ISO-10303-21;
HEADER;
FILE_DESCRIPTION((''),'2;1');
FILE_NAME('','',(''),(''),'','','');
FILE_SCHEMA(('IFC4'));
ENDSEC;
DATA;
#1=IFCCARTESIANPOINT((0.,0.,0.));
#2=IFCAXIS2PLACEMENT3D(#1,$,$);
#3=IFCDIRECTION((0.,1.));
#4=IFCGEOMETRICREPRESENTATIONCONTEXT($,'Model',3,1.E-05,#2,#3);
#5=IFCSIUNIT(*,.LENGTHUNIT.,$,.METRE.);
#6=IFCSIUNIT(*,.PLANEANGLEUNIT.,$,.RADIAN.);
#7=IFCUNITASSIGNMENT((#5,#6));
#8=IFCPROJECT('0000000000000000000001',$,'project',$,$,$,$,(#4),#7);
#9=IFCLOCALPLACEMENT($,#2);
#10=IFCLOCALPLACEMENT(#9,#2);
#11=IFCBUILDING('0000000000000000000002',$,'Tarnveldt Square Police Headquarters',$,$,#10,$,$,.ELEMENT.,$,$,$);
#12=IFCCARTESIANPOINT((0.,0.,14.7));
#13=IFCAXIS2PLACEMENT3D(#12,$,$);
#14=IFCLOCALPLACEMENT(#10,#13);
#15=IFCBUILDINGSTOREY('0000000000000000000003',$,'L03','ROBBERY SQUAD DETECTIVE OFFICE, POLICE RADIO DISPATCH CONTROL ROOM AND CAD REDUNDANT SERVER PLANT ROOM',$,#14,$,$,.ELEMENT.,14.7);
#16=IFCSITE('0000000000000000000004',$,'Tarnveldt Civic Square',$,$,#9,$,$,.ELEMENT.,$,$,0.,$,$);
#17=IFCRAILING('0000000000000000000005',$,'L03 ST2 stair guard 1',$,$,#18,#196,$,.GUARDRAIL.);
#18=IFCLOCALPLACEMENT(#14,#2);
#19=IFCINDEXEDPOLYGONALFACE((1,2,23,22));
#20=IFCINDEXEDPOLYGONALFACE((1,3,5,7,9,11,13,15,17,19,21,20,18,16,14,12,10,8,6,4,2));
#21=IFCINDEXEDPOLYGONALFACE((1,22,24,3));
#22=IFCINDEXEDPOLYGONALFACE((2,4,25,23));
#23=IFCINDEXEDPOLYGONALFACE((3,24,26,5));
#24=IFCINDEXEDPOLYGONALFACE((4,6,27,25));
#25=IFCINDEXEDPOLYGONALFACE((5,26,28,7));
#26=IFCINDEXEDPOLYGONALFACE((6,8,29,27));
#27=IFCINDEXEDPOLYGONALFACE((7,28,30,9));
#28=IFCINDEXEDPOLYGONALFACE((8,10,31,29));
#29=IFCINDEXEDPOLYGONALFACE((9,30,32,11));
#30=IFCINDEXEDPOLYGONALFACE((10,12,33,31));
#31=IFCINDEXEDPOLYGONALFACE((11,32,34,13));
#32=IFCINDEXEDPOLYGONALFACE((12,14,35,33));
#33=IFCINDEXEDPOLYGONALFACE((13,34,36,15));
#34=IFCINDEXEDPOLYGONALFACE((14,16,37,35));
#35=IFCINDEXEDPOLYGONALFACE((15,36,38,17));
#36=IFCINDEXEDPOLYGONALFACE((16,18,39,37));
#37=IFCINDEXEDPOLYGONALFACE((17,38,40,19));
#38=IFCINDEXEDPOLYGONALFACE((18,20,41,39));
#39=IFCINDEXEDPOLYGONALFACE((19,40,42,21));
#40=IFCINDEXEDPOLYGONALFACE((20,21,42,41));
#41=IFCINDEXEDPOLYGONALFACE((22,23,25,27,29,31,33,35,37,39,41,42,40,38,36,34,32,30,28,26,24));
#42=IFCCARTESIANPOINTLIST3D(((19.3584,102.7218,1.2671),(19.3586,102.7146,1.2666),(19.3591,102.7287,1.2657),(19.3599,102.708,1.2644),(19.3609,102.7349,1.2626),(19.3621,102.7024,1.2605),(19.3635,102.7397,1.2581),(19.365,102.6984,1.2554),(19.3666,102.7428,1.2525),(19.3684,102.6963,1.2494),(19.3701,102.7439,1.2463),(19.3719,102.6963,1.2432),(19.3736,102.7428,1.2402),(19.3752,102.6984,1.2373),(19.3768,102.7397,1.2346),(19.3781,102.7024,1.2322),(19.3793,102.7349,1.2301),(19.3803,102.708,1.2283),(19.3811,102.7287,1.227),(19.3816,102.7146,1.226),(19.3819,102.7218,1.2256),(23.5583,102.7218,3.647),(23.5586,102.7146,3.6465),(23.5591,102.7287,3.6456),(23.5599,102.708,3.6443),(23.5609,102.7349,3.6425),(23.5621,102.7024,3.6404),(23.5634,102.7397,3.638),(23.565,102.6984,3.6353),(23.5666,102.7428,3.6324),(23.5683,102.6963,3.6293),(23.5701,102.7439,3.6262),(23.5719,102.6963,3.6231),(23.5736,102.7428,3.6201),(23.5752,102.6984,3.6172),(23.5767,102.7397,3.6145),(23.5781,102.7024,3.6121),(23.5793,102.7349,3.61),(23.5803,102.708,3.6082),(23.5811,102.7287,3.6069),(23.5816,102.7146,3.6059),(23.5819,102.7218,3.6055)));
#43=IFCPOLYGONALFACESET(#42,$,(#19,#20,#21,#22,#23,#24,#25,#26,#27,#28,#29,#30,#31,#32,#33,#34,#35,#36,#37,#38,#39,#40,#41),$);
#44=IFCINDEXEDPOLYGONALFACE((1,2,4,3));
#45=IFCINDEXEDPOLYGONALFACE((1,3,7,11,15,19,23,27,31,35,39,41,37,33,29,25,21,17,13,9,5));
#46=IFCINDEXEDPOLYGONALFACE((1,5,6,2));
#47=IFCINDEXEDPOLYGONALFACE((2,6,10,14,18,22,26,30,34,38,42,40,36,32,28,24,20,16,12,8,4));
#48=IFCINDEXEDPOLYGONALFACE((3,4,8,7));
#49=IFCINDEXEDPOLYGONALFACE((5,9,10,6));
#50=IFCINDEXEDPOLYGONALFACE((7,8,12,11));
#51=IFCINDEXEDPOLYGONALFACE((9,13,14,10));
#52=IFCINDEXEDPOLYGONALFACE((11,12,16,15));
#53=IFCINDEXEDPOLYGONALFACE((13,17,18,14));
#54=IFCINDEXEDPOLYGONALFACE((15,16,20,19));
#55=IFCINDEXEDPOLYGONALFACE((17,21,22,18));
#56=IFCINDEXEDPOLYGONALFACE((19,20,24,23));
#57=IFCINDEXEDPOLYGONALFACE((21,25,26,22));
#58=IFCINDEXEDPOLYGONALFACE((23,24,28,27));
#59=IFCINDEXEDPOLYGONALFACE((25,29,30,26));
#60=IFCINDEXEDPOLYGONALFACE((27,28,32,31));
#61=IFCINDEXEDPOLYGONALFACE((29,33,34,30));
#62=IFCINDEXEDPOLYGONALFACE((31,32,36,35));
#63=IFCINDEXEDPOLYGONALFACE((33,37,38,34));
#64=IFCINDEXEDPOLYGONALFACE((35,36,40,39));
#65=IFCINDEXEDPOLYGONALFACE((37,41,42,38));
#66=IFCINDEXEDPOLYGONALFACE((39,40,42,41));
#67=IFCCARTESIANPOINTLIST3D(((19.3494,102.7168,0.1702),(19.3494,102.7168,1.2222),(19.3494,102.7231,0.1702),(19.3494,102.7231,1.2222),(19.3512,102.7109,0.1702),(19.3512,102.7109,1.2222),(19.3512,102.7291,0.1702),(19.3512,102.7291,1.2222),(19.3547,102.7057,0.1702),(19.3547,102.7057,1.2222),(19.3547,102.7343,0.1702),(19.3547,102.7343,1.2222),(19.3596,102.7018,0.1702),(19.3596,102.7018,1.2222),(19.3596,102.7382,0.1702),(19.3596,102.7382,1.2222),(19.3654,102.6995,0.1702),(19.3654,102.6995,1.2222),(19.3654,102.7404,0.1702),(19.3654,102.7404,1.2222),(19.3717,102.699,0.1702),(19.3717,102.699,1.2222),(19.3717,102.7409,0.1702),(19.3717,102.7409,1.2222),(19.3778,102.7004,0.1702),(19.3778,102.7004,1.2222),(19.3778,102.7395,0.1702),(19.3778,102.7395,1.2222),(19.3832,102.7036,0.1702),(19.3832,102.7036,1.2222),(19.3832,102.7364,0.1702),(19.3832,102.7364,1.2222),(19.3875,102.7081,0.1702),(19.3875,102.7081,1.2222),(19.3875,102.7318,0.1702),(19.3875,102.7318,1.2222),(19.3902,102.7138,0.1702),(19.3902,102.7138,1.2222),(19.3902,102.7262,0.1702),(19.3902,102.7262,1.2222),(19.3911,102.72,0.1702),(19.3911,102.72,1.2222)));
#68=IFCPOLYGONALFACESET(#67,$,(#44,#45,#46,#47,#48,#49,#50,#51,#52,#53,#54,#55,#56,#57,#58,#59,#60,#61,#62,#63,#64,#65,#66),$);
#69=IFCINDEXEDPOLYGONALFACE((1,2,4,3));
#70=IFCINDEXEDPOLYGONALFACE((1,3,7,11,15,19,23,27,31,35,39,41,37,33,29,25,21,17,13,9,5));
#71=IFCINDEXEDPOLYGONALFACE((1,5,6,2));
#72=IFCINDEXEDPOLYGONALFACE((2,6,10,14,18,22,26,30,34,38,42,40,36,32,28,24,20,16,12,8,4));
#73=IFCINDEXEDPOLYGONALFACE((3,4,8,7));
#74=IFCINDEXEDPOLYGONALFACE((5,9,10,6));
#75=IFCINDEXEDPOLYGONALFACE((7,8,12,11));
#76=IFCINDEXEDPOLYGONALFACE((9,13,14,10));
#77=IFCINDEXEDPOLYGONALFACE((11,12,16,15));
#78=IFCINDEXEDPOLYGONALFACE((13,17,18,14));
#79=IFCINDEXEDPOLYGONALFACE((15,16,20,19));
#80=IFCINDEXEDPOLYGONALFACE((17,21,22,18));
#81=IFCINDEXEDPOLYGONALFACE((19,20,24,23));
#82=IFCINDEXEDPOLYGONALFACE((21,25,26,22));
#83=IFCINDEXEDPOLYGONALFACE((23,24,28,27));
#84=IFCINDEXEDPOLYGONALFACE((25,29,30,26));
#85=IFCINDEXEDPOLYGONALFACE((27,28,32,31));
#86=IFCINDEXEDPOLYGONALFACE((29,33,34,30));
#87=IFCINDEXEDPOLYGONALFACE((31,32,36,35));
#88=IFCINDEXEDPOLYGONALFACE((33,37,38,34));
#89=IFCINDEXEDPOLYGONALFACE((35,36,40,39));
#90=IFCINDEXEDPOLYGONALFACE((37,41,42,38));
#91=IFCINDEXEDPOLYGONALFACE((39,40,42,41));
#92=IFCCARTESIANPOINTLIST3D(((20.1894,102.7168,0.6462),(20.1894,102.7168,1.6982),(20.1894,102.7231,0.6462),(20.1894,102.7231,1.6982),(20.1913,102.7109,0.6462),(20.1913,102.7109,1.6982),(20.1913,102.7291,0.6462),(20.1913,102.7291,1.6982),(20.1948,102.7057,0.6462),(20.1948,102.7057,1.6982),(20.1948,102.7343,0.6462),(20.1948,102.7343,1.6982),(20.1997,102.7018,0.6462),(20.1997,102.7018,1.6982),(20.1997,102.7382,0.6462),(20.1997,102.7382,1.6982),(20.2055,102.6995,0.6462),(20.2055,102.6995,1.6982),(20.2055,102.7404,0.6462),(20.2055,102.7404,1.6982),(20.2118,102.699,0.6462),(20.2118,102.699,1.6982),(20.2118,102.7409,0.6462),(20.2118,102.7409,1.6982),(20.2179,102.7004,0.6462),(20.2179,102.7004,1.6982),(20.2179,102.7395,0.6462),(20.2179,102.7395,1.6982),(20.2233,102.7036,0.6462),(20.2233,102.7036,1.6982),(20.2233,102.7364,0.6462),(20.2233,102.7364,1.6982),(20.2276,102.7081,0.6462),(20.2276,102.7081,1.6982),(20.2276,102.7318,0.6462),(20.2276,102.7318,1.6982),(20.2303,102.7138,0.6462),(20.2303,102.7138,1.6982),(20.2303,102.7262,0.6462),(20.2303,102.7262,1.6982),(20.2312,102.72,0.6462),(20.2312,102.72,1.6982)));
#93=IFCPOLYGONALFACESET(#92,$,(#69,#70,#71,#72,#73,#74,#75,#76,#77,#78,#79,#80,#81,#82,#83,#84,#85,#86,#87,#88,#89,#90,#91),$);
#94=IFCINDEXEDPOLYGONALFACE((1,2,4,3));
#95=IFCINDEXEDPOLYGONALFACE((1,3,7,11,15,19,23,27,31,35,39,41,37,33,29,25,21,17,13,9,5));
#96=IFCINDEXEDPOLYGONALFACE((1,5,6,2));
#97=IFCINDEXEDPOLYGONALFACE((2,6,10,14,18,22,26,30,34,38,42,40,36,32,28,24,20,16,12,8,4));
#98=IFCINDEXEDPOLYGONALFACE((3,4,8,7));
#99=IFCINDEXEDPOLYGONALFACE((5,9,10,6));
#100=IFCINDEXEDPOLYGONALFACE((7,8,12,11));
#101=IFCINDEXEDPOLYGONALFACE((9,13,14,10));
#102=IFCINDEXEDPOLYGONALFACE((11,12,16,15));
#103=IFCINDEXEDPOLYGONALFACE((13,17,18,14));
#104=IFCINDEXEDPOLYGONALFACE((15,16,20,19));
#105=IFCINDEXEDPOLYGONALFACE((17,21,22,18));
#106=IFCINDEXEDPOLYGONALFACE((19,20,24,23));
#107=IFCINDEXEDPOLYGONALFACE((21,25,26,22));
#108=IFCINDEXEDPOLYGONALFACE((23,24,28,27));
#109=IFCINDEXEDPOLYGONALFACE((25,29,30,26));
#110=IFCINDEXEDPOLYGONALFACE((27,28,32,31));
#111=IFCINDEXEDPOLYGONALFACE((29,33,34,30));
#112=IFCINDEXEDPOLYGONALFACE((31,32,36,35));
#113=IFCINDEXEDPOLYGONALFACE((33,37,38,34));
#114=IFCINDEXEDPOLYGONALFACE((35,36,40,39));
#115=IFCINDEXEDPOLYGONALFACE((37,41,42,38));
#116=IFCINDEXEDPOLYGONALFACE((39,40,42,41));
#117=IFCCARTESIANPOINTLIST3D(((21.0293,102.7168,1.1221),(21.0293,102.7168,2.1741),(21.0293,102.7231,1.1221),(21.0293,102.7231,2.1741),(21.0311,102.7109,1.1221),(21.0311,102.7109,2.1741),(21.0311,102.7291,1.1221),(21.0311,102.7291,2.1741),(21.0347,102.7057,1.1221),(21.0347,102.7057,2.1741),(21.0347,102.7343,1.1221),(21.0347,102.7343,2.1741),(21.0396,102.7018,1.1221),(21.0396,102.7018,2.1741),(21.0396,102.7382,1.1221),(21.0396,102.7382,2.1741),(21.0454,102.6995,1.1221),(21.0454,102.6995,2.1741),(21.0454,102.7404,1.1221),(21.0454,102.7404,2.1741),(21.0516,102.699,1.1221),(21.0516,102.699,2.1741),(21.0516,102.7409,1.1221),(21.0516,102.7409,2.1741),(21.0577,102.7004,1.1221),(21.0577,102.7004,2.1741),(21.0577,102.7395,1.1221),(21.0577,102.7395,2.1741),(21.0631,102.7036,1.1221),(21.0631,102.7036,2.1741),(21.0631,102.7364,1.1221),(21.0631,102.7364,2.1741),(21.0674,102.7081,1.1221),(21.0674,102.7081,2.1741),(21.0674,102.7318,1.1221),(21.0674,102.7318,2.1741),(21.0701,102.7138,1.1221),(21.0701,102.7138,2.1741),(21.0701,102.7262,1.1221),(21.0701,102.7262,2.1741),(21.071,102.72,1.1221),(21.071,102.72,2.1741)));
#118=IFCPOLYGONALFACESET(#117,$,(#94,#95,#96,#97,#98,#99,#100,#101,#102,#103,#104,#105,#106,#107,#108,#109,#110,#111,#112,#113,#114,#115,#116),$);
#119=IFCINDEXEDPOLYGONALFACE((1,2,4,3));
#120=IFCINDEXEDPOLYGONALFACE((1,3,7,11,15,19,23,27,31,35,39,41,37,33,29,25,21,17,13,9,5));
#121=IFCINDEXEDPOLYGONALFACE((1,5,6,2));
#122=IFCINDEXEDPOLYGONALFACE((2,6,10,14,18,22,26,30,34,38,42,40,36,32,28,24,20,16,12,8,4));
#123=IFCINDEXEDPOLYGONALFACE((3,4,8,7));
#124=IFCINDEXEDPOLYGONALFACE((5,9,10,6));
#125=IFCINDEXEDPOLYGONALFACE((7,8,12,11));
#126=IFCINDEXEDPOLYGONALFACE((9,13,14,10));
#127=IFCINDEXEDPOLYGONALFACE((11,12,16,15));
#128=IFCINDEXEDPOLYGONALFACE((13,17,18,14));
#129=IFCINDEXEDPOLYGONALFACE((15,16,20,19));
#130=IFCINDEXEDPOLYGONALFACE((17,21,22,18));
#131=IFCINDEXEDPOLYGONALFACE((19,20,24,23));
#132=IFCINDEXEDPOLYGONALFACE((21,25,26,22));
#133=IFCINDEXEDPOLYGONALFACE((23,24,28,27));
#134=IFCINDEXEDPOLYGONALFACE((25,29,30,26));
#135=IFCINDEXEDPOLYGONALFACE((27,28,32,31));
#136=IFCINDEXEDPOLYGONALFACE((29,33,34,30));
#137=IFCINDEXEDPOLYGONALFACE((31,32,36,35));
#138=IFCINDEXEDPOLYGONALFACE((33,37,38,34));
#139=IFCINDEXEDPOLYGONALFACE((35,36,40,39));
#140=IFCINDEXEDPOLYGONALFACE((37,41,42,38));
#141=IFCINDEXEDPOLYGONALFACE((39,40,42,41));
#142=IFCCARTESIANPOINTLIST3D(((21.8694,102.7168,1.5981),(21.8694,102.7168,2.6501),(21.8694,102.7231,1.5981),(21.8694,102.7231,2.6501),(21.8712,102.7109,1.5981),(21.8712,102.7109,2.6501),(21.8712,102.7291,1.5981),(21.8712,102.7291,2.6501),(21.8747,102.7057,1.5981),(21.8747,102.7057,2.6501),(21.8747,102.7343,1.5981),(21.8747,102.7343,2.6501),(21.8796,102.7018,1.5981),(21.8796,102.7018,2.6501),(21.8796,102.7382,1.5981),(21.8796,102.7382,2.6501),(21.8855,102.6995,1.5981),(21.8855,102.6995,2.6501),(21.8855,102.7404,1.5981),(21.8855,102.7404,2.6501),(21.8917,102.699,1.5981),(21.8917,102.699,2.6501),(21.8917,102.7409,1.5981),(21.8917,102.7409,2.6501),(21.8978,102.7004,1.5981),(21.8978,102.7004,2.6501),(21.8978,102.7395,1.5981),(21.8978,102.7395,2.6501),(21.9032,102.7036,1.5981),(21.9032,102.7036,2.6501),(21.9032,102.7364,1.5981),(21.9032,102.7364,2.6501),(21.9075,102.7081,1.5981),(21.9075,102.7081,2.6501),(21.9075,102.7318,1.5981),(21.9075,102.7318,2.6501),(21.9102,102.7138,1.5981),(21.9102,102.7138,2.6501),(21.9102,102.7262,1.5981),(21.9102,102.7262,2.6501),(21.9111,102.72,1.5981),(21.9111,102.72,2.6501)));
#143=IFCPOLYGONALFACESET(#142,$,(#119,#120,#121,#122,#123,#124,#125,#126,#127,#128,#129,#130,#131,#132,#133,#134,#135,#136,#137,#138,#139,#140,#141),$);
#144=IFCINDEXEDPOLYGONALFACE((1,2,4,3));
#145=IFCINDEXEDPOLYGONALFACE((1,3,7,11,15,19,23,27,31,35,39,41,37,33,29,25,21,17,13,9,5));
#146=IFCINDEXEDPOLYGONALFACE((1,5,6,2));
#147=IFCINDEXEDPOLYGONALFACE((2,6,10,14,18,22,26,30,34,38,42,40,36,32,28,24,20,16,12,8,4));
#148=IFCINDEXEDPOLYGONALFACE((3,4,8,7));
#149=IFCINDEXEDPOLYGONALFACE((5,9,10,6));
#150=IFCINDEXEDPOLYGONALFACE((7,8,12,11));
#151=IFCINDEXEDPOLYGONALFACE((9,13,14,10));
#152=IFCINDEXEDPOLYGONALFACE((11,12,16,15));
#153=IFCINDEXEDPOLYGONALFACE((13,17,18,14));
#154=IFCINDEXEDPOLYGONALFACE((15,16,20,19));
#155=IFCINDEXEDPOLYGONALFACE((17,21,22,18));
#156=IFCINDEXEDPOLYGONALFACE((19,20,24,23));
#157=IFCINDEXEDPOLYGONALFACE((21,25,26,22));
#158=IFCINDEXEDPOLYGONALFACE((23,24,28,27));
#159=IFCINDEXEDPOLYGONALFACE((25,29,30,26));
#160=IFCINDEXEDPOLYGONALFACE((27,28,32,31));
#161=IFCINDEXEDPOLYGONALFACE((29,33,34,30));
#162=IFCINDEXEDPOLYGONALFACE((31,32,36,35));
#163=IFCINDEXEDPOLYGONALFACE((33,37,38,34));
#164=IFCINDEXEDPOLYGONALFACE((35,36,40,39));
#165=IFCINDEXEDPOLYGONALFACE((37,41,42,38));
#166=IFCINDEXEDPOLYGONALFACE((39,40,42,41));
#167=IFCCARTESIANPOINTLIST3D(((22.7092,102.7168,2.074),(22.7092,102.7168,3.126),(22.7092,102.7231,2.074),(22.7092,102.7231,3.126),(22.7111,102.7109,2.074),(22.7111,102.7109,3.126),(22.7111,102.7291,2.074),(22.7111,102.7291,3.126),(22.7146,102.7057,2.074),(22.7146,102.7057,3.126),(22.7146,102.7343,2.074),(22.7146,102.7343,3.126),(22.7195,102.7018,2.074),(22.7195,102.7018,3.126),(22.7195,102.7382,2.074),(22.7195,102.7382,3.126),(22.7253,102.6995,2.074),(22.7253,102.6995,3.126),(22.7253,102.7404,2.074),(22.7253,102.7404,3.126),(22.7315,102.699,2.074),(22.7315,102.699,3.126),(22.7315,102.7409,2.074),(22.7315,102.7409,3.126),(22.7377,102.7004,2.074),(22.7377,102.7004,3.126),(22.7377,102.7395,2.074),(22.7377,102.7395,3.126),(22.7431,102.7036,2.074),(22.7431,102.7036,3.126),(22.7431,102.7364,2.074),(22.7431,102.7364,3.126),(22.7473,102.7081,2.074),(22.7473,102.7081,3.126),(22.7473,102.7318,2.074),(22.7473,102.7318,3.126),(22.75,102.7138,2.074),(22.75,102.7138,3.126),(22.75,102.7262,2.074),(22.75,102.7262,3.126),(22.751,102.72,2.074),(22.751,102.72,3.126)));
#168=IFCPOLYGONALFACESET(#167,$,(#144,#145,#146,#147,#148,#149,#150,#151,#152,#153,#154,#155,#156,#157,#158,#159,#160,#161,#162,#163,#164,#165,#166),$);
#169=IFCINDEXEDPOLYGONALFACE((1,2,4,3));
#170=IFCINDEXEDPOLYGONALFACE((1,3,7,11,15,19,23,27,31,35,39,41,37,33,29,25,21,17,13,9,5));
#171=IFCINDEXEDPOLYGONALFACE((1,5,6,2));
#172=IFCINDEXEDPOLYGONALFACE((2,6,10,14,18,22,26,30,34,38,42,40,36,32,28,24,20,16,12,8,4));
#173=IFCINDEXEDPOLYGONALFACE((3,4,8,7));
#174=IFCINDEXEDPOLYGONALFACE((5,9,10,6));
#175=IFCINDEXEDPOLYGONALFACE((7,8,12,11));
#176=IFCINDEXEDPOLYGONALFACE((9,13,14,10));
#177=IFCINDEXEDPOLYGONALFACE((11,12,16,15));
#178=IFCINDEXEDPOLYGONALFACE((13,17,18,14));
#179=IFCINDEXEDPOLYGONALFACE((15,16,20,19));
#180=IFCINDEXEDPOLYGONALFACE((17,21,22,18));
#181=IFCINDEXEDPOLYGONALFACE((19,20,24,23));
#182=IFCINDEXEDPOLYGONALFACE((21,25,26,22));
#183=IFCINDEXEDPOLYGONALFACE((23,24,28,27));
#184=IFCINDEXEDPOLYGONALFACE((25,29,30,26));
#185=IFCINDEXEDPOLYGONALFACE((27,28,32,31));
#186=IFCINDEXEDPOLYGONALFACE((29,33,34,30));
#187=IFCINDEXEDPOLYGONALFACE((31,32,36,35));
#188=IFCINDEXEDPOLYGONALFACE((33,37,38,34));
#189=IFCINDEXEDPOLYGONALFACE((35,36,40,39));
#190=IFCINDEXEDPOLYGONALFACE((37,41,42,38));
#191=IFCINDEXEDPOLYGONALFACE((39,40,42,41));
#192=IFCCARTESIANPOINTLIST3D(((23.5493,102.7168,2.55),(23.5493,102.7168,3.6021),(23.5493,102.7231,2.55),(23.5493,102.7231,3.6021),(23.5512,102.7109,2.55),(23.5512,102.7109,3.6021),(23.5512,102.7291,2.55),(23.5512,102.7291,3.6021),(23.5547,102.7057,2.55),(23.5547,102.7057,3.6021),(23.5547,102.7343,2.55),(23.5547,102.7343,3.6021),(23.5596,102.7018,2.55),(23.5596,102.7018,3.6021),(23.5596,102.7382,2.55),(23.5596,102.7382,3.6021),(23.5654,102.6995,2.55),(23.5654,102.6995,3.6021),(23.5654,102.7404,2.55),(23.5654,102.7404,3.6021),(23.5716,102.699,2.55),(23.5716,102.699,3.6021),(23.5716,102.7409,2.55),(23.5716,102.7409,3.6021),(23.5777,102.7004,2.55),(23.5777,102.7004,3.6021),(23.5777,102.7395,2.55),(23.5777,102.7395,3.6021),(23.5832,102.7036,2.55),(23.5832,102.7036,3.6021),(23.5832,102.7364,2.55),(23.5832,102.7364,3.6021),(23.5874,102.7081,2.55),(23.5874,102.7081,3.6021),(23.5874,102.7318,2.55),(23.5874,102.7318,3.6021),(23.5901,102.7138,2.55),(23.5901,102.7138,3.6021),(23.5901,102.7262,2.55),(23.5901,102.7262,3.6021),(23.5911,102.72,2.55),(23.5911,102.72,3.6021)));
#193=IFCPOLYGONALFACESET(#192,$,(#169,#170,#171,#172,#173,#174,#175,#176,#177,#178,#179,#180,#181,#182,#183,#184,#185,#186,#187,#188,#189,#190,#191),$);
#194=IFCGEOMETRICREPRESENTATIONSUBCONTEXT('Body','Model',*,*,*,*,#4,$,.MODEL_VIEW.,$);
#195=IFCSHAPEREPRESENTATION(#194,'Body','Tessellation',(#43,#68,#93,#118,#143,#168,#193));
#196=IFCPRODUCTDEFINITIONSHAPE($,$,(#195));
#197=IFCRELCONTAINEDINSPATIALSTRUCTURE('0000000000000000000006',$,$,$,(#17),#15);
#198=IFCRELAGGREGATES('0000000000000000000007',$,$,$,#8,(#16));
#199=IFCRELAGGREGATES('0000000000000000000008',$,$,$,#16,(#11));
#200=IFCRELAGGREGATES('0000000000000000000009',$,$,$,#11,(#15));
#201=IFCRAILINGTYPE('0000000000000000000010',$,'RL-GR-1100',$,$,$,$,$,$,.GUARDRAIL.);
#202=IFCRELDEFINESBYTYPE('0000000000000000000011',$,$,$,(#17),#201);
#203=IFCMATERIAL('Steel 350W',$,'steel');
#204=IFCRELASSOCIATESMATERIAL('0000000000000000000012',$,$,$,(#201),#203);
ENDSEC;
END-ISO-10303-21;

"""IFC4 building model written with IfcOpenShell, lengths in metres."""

from ifc_helpers import new_model, si_unit, direction, frame, origin, origin_2d, place, context, subcontext, project, spatial, circle, extrude, material, type_object, element, save


model = new_model("IFC4")

# Units and contexts
model_context = context("Model", 3, precision=1e-05, world=origin(), true_north=direction((0.0, 1.0)))
body_context = subcontext(model_context, "Body", "Model", "MODEL_VIEW")
ifc_project = project(units=[si_unit("LENGTHUNIT", "METRE"), si_unit("PLANEANGLEUNIT", "RADIAN")], contexts=[model_context])

# Site, building, storey
site_placement = place(None, origin())
site = spatial("IfcSite", under=ifc_project, at=site_placement, Name="Tarnveldt Civic Square", CompositionType="ELEMENT", RefElevation=0.0)
building_placement = place(site_placement, origin())
building = spatial("IfcBuilding", under=site, at=building_placement, Name="Tarnveldt Square Police Headquarters", CompositionType="ELEMENT")
storey_placement = place(building_placement, frame((0.0, 0.0, 14.7)))
storey = spatial("IfcBuildingStorey", under=building, at=storey_placement, Name="L03", Description="ROBBERY SQUAD DETECTIVE OFFICE, POLICE RADIO DISPATCH CONTROL ROOM AND CAD REDUNDANT SERVER PLANT ROOM", CompositionType="ELEMENT", Elevation=14.7)

# Shared definitions
ifc_material_1 = material(Name="Steel 350W", Category="steel")

# Railing
railing_type_1 = type_object("IfcRailingType", Name="RL-GR-1100", PredefinedType="GUARDRAIL", material=ifc_material_1)
railing_1_placement = place(storey_placement, frame((19.3701, 102.72, 0.1702)))
element("IfcRailing", 1, at=railing_1_placement, inside=storey, type_object=railing_type_1, Name="L03 ST2 stair guard 1", PredefinedType="GUARDRAIL", context=body_context, shape_type="SweptSolid", body=[
    extrude(circle(Radius=0.0239, at=origin_2d()), frame((0.0, 0.0, 1.0762), z_axis=(0.87003, 0.0, 0.492999), x_axis=(0.0, 1.0, 0.0)), (0.0, 0.0, 1.0), 4.8274),
    extrude(circle(Radius=0.021, at=origin_2d()), origin(), (0.0, 0.0, 1.0), 1.052),
    extrude(circle(Radius=0.021, at=origin_2d()), frame((0.8401, 0.0, 0.4761)), (0.0, 0.0, 1.0), 1.052),
    extrude(circle(Radius=0.021, at=origin_2d()), frame((1.6799, 0.0, 0.9519)), (0.0, 0.0, 1.0), 1.052),
    extrude(circle(Radius=0.021, at=origin_2d()), frame((2.52, 0.0, 1.428)), (0.0, 0.0, 1.0), 1.052),
    extrude(circle(Radius=0.021, at=origin_2d()), frame((3.3599, 0.0, 1.9038)), (0.0, 0.0, 1.0), 1.052),
    extrude(circle(Radius=0.021, at=origin_2d()), frame((4.2, 0.0, 2.3799)), (0.0, 0.0, 1.0), 1.052),
])

save(model, "model.ifc")
